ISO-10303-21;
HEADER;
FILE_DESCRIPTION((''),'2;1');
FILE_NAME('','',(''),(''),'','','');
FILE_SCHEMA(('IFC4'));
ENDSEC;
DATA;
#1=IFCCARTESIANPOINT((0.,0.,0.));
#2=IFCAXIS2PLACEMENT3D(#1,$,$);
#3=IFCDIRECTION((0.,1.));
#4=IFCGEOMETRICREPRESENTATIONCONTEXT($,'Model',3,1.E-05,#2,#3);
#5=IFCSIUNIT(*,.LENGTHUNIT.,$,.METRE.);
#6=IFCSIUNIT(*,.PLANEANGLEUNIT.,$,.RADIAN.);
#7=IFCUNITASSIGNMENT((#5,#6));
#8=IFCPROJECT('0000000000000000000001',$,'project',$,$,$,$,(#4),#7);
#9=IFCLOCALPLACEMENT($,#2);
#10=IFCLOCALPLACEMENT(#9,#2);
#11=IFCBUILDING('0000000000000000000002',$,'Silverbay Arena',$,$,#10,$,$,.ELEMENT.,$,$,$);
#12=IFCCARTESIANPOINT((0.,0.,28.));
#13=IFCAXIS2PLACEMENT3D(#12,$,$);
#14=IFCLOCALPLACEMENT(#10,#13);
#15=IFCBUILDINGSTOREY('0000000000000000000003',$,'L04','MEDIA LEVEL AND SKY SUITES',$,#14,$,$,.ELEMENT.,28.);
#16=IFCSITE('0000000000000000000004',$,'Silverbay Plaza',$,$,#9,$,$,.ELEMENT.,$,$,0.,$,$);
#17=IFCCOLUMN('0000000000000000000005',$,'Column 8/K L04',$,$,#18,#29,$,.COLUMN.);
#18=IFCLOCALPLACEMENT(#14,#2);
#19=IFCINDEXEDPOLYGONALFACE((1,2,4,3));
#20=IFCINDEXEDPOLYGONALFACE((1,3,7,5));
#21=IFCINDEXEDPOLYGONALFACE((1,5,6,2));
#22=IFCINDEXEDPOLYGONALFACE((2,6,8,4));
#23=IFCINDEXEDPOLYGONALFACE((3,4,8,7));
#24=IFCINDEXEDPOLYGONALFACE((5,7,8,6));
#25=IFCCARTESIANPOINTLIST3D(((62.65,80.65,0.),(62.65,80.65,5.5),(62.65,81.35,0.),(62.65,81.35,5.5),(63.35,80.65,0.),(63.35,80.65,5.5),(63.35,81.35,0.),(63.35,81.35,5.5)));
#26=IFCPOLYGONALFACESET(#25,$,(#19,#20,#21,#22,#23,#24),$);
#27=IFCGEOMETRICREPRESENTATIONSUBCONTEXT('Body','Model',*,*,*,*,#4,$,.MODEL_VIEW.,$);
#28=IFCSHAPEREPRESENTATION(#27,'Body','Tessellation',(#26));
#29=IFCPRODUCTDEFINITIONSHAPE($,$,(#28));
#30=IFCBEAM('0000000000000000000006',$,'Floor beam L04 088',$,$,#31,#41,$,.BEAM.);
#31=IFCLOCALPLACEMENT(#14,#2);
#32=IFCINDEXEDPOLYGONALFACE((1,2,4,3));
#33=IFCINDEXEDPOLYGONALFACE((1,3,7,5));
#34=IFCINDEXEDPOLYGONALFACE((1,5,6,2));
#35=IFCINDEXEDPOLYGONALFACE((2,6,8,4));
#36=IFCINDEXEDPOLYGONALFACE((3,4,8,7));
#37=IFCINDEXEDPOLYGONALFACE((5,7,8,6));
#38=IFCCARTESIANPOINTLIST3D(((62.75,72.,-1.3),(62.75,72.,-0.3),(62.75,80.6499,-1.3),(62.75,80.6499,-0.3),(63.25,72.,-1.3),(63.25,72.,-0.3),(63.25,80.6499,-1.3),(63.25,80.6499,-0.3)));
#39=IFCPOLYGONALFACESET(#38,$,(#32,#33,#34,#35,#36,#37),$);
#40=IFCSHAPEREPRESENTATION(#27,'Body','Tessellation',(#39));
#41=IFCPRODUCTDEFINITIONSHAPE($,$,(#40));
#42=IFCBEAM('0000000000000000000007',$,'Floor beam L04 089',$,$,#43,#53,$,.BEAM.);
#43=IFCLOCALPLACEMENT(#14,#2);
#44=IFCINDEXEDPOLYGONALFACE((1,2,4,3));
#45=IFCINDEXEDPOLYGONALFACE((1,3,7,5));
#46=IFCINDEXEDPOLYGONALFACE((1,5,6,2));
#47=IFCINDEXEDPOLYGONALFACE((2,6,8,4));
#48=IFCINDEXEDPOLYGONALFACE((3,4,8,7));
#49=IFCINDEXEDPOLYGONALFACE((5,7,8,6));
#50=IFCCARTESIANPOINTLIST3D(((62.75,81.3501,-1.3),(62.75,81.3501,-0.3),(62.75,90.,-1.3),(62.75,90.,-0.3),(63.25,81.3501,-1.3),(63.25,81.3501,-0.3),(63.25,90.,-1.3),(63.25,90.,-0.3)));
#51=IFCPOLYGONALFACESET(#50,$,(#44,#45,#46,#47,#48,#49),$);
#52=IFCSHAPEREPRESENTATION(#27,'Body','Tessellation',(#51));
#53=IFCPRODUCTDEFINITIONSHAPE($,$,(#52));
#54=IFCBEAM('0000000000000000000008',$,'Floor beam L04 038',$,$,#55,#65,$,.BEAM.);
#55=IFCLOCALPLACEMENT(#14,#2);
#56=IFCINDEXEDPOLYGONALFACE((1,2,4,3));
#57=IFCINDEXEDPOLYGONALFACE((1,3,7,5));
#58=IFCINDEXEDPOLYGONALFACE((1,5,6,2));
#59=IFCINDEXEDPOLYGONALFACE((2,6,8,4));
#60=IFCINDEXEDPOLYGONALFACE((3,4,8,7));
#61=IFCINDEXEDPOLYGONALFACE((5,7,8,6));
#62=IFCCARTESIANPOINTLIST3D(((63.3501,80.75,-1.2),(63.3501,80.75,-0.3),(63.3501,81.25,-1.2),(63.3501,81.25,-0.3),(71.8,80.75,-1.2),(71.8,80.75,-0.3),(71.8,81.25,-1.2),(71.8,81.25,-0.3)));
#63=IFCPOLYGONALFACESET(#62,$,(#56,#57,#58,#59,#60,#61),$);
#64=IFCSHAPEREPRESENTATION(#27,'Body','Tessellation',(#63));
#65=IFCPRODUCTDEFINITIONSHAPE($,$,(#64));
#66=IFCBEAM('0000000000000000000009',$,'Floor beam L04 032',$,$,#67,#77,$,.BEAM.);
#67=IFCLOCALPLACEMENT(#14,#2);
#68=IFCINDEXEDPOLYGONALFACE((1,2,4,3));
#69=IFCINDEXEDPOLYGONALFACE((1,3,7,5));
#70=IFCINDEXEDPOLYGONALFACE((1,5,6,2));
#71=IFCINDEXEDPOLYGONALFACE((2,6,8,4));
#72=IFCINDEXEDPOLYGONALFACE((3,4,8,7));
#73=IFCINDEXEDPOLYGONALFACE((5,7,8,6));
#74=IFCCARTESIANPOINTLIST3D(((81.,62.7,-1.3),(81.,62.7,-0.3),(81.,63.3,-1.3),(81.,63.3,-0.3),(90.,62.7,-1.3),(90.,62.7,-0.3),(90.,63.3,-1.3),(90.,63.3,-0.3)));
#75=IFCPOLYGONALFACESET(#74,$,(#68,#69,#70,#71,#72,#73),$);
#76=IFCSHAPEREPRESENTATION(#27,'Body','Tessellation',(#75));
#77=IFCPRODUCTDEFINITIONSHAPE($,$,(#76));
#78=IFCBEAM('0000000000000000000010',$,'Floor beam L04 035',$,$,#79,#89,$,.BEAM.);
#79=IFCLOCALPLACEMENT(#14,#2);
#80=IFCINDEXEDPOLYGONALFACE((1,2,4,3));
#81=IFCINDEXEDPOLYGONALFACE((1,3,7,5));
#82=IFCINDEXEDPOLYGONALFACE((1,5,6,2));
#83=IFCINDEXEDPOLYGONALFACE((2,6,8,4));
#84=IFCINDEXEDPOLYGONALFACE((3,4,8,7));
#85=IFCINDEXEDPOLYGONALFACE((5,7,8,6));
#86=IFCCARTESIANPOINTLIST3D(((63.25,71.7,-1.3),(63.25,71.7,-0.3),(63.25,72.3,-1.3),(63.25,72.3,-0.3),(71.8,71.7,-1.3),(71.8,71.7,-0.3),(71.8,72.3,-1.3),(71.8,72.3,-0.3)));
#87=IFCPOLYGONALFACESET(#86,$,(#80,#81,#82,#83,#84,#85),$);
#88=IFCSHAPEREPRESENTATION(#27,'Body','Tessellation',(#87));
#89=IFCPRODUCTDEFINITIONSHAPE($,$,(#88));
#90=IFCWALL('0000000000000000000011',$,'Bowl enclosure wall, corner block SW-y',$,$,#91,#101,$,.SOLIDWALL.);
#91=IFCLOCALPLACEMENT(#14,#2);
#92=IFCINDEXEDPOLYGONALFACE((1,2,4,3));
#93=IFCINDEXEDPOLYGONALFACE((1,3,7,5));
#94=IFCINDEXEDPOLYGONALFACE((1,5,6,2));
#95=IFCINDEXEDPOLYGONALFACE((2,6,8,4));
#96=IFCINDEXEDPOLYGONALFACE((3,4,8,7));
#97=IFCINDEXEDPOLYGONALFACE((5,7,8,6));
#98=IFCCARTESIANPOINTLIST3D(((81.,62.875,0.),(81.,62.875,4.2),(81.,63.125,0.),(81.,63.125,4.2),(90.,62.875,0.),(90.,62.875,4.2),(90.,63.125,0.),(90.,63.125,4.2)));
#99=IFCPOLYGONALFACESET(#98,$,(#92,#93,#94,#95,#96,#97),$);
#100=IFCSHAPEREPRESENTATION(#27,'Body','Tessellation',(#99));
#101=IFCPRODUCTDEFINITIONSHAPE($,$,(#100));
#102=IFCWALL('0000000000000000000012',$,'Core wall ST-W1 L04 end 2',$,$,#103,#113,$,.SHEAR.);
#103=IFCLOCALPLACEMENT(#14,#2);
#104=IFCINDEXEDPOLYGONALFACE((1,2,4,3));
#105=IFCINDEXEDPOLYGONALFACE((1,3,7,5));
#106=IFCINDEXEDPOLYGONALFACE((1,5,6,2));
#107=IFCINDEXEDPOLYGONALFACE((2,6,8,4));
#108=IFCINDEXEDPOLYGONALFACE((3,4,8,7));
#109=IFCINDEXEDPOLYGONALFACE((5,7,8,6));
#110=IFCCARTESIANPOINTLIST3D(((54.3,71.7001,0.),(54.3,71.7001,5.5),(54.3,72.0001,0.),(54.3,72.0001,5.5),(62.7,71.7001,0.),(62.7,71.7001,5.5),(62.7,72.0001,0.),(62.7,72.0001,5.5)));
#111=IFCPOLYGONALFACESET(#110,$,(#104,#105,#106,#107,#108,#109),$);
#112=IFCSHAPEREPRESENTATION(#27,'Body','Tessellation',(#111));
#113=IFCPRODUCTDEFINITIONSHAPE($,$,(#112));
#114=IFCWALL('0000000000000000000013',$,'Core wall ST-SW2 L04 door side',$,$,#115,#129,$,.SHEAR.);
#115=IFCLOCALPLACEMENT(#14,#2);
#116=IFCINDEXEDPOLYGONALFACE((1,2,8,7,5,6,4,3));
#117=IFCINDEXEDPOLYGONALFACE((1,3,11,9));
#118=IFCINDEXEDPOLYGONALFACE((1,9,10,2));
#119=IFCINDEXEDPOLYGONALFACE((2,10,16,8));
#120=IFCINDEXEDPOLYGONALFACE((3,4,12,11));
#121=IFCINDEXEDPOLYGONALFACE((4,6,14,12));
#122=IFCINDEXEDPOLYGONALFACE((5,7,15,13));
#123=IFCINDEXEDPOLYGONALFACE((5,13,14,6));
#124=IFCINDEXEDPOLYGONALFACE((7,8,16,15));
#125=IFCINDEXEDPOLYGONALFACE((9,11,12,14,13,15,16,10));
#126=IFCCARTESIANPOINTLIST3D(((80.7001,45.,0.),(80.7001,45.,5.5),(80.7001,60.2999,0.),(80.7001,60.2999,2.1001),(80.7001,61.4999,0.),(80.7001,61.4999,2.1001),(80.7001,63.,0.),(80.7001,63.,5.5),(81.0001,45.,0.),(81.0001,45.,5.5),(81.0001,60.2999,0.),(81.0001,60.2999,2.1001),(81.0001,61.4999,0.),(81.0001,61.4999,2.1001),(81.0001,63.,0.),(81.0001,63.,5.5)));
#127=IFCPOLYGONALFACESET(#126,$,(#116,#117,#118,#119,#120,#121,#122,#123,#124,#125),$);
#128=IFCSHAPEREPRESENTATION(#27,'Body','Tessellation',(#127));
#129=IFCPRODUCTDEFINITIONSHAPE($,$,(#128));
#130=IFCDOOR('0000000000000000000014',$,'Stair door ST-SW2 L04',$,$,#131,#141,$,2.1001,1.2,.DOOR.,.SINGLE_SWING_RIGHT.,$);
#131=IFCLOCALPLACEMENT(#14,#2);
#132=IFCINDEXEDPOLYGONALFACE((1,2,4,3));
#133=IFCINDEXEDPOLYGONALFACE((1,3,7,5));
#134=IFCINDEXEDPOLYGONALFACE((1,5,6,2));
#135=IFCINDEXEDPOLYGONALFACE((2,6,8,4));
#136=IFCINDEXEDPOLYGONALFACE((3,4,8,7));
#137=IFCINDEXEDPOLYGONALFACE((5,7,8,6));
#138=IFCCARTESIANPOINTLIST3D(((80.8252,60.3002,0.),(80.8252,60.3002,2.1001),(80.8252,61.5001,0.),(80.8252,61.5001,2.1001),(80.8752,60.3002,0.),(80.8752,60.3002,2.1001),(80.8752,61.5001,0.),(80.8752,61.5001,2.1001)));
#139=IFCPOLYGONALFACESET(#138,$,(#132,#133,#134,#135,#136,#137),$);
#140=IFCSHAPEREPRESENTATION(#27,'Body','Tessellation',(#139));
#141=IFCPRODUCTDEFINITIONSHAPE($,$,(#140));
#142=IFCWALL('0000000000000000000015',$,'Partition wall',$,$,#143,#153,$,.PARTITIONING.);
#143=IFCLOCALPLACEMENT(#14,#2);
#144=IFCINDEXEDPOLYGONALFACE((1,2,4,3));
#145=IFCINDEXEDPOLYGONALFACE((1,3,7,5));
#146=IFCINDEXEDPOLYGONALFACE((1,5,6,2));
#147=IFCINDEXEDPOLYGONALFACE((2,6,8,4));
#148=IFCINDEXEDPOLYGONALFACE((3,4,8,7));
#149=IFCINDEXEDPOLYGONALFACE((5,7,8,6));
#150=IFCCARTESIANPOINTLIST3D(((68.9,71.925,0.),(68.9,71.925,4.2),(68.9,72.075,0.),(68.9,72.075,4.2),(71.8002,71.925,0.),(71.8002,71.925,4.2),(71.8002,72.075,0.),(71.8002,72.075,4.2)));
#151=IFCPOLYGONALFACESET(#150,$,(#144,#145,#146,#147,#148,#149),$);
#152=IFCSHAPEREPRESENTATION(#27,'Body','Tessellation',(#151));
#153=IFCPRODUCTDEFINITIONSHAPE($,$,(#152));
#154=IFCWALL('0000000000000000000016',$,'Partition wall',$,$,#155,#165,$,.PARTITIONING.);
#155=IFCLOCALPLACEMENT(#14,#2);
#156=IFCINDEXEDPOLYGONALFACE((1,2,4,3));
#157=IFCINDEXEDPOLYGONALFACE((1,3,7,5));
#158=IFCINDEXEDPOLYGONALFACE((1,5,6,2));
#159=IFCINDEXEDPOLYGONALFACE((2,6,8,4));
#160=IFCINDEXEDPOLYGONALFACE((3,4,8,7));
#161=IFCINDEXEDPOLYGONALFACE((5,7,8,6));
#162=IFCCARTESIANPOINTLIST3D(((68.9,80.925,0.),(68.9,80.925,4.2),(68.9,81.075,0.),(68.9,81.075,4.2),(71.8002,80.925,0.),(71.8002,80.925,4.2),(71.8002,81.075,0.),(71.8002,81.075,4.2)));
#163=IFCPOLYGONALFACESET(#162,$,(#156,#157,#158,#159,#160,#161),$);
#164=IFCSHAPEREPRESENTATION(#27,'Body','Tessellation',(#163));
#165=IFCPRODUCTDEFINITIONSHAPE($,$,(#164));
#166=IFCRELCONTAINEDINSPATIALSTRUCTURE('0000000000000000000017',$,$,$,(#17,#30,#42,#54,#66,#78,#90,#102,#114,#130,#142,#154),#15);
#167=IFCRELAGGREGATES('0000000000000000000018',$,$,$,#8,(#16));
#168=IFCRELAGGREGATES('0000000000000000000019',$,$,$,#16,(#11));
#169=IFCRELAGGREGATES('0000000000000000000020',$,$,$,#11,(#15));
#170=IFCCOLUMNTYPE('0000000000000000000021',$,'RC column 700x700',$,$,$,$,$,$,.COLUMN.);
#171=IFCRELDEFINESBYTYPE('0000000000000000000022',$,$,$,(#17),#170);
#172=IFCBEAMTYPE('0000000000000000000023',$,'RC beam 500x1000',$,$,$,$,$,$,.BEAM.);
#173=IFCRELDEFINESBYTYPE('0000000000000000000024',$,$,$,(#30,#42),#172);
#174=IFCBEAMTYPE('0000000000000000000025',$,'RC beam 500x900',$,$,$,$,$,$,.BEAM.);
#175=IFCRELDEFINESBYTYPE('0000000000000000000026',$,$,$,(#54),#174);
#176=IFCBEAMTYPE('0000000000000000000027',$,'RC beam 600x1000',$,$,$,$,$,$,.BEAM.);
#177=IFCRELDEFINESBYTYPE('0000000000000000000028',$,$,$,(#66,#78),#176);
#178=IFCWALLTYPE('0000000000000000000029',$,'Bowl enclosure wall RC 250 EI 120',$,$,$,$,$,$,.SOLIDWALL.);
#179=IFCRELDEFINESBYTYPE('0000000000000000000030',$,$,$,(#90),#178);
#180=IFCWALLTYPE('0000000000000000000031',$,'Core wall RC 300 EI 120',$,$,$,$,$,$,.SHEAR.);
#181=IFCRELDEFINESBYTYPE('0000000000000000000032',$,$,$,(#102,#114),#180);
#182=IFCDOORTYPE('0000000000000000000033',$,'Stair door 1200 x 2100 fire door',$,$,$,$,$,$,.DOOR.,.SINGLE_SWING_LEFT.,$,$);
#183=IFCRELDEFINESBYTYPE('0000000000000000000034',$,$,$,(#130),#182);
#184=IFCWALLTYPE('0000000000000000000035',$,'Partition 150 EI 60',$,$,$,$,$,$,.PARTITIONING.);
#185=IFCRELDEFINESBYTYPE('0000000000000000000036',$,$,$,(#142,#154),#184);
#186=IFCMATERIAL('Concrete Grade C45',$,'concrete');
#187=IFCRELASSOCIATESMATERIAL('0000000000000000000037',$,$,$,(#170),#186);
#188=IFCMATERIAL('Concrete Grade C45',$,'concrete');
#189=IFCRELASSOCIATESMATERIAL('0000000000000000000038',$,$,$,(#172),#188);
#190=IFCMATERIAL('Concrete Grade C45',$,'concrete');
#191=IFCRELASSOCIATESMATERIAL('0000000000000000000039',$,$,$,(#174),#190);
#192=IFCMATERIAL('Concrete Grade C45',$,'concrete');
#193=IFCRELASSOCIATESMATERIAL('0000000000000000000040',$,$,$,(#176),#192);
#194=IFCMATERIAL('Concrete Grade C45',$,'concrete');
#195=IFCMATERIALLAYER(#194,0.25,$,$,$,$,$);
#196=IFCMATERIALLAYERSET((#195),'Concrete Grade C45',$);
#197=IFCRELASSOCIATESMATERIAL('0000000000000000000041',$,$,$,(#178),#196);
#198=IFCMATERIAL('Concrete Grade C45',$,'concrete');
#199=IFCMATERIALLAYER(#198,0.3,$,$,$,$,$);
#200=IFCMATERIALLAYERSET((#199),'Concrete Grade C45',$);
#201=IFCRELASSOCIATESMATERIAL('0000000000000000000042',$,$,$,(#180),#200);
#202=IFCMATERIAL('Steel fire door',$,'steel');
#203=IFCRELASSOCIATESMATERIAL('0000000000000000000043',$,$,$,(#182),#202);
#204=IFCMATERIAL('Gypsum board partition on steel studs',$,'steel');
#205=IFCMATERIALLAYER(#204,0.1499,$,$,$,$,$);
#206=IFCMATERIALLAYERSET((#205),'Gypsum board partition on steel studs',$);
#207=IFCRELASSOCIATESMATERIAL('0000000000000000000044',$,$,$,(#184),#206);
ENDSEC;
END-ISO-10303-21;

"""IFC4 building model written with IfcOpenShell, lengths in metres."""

from ifc_helpers import new_model, si_unit, direction, frame, frame_2d, origin, origin_2d, place, context, subcontext, project, spatial, rectangle, extrude, material, layer, layer_set, material_profile, profile_set, type_object, element, fill, save


model = new_model("IFC4")

# Units and contexts
model_context = context("Model", 3, precision=1e-05, world=origin(), true_north=direction((0.0, 1.0)))
body_context = subcontext(model_context, "Body", "Model", "MODEL_VIEW")
ifc_project = project(units=[si_unit("LENGTHUNIT", "METRE"), si_unit("PLANEANGLEUNIT", "RADIAN")], contexts=[model_context])

# Site, building, storey
site_placement = place(None, origin())
site = spatial("IfcSite", under=ifc_project, at=site_placement, Name="Silverbay Plaza", CompositionType="ELEMENT", RefElevation=0.0)
building_placement = place(site_placement, origin())
building = spatial("IfcBuilding", under=site, at=building_placement, Name="Silverbay Arena", CompositionType="ELEMENT")
storey_placement = place(building_placement, frame((0.0, 0.0, 28.0)))
storey = spatial("IfcBuildingStorey", under=building, at=storey_placement, Name="L04", Description="MEDIA LEVEL AND SKY SUITES", CompositionType="ELEMENT", Elevation=28.0)

# Column
ifc_material_1 = material(Name="Concrete Grade C45", Category="concrete")
ifc_material_profile_1 = material_profile(ifc_material_1, rectangle(XDim=0.7, YDim=0.7, at=origin_2d()), Name="RC 700x700")
ifc_profile_set_1 = profile_set([ifc_material_profile_1], Name="Concrete Grade C45")
column_type = type_object("IfcColumnType", Name="RC column 700x700", PredefinedType="COLUMN", material=ifc_profile_set_1)
column_placement = place(storey_placement, frame((63.0, 81.0, 0.0), z_axis=(0.0, 0.0, 1.0), x_axis=(1.0, 0.0, 0.0)))
element("IfcColumn", 1, at=column_placement, inside=storey, type_object=column_type, Name="Column 8/K L04", PredefinedType="COLUMN", context=body_context, shape_type="SweptSolid", body=[
    extrude(rectangle(XDim=0.7, YDim=0.7, at=origin_2d()), origin(), (0.0, 0.0, 1.0), 5.5),
])

# Beams
ifc_material_2 = material(Name="Concrete Grade C45", Category="concrete")
ifc_material_profile_2 = material_profile(ifc_material_2, rectangle(XDim=0.5, YDim=1.0, at=origin_2d()), Name="RC 500x1000")
ifc_profile_set_2 = profile_set([ifc_material_profile_2], Name="Concrete Grade C45")
beam_type_1 = type_object("IfcBeamType", Name="RC beam 500x1000", PredefinedType="BEAM", material=ifc_profile_set_2)
for number, where, z_axis, x_axis, name in (
    (2, (63.0, 72.0, -0.8), (0.0, 1.0, 0.0), (-1.0, 0.0, 0.0), "Floor beam L04 088"),
    (3, (63.0, 81.3501, -0.8), (0.0, 1.0, 0.0), (-1.0, 0.0, 0.0), "Floor beam L04 089"),
):
    element("IfcBeam", number, at=place(storey_placement, frame(where, z_axis=z_axis, x_axis=x_axis)), inside=storey, type_object=beam_type_1, Name=name, PredefinedType="BEAM", context=body_context, shape_type="SweptSolid", body=[
        extrude(rectangle(XDim=0.5, YDim=1.0, at=origin_2d()), origin(), (0.0, 0.0, 1.0), 8.6499),
    ])
ifc_material_3 = material(Name="Concrete Grade C45", Category="concrete")
ifc_material_profile_3 = material_profile(ifc_material_3, rectangle(XDim=0.5, YDim=0.8999, at=origin_2d()), Name="RC 500x900")
ifc_profile_set_3 = profile_set([ifc_material_profile_3], Name="Concrete Grade C45")
beam_type_2 = type_object("IfcBeamType", Name="RC beam 500x900", PredefinedType="BEAM", material=ifc_profile_set_3)
beam_1_placement = place(storey_placement, frame((63.3501, 81.0, -0.75), z_axis=(1.0, 0.0, 0.0), x_axis=(0.0, 1.0, 0.0)))
element("IfcBeam", 4, at=beam_1_placement, inside=storey, type_object=beam_type_2, Name="Floor beam L04 038", PredefinedType="BEAM", context=body_context, shape_type="SweptSolid", body=[
    extrude(rectangle(XDim=0.5, YDim=0.8999, at=origin_2d()), origin(), (0.0, 0.0, 1.0), 8.45),
])
ifc_material_4 = material(Name="Concrete Grade C45", Category="concrete")
ifc_material_profile_4 = material_profile(ifc_material_4, rectangle(XDim=0.6001, YDim=1.0, at=origin_2d()), Name="RC 600x1000")
ifc_profile_set_4 = profile_set([ifc_material_profile_4], Name="Concrete Grade C45")
beam_type_3 = type_object("IfcBeamType", Name="RC beam 600x1000", PredefinedType="BEAM", material=ifc_profile_set_4)
beam_2_placement = place(storey_placement, frame((81.0, 63.0, -0.8), z_axis=(1.0, 0.0, 0.0), x_axis=(0.0, 1.0, 0.0)))
element("IfcBeam", 5, at=beam_2_placement, inside=storey, type_object=beam_type_3, Name="Floor beam L04 032", PredefinedType="BEAM", context=body_context, shape_type="SweptSolid", body=[
    extrude(rectangle(XDim=0.6001, YDim=1.0, at=origin_2d()), origin(), (0.0, 0.0, 1.0), 9.0),
])
beam_3_placement = place(storey_placement, frame((63.25, 72.0, -0.8), z_axis=(1.0, 0.0, 0.0), x_axis=(0.0, 1.0, 0.0)))
element("IfcBeam", 6, at=beam_3_placement, inside=storey, type_object=beam_type_3, Name="Floor beam L04 035", PredefinedType="BEAM", context=body_context, shape_type="SweptSolid", body=[
    extrude(rectangle(XDim=0.6001, YDim=1.0, at=origin_2d()), origin(), (0.0, 0.0, 1.0), 8.55),
])

# Walls
ifc_material_5 = material(Name="Concrete Grade C45", Category="concrete")
ifc_layer_1 = layer(ifc_material_5, 0.25)
ifc_layer_set_1 = layer_set([ifc_layer_1], Name="Concrete Grade C45")
wall_type_1 = type_object("IfcWallType", Name="Bowl enclosure wall RC 250 EI 120", PredefinedType="SOLIDWALL", material=ifc_layer_set_1)
wall_1_placement = place(storey_placement, frame((81.0, 63.0, 0.0), z_axis=(0.0, 0.0, 1.0), x_axis=(1.0, 0.0, 0.0)))
element("IfcWall", 7, at=wall_1_placement, inside=storey, type_object=wall_type_1, Name="Bowl enclosure wall, corner block SW-y", PredefinedType="SOLIDWALL", context=body_context, shape_type="SweptSolid", body=[
    extrude(rectangle(XDim=9.0, YDim=0.25, at=frame_2d((4.5, 0.0))), origin(), (0.0, 0.0, 1.0), 4.2),
])
ifc_material_6 = material(Name="Concrete Grade C45", Category="concrete")
ifc_layer_2 = layer(ifc_material_6, 0.3)
ifc_layer_set_2 = layer_set([ifc_layer_2], Name="Concrete Grade C45")
wall_type_2 = type_object("IfcWallType", Name="Core wall RC 300 EI 120", PredefinedType="SHEAR", material=ifc_layer_set_2)
wall_2_placement = place(storey_placement, frame((62.7, 71.8501, 0.0), z_axis=(0.0, 0.0, 1.0), x_axis=(-1.0, 0.0, 0.0)))
element("IfcWall", 8, at=wall_2_placement, inside=storey, type_object=wall_type_2, Name="Core wall ST-W1 L04 end 2", PredefinedType="SHEAR", context=body_context, shape_type="SweptSolid", body=[
    extrude(rectangle(XDim=8.3999, YDim=0.3, at=frame_2d((4.2, 0.0))), origin(), (0.0, 0.0, 1.0), 5.5),
])

# Wall, opening, door
wall_3_placement = place(storey_placement, frame((80.8501, 63.0, 0.0), z_axis=(0.0, 0.0, 1.0), x_axis=(0.0, -1.0, 0.0)))
wall_3 = element("IfcWall", 9, at=wall_3_placement, inside=storey, type_object=wall_type_2, Name="Core wall ST-SW2 L04 door side", PredefinedType="SHEAR", context=body_context, shape_type="SweptSolid", body=[
    extrude(rectangle(XDim=18.0, YDim=0.3, at=frame_2d((9.0, 0.0))), origin(), (0.0, 0.0, 1.0), 5.5),
])
opening_1_placement = place(wall_3_placement, frame((1.5, 0.0, 0.0)))
opening_1 = element("IfcOpeningElement", 10, at=opening_1_placement, cuts=wall_3, PredefinedType="OPENING", context=body_context, shape_type="SweptSolid", body=[
    extrude(rectangle(XDim=1.2, YDim=2.1001, at=frame_2d((0.6001, 1.05))), frame((0.0, 0.1602, 0.0), z_axis=(0.0, -1.0, 0.0), x_axis=(1.0, 0.0, 0.0)), (0.0, 0.0, 1.0), 0.3201),
])
ifc_material_7 = material(Name="Steel fire door", Category="steel")
door_type_1 = type_object("IfcDoorType", Name="Stair door 1200 x 2100 fire door", OperationType="SINGLE_SWING_LEFT", PredefinedType="DOOR", material=ifc_material_7)
door_1_placement = place(opening_1_placement, frame((1.2, 0.0, 0.0), z_axis=(0.0, 0.0, 1.0), x_axis=(-1.0, 0.0, 0.0)))
door_1 = element("IfcDoor", 11, at=door_1_placement, inside=storey, type_object=door_type_1, Name="Stair door ST-SW2 L04", OperationType="SINGLE_SWING_RIGHT", OverallHeight=2.1001, OverallWidth=1.2, PredefinedType="DOOR", context=body_context, shape_type="SweptSolid", body=[
    extrude(rectangle(XDim=1.2, YDim=2.1001, at=frame_2d((0.6001, 1.05))), frame((0.0, 0.0249, 0.0), z_axis=(0.0, -1.0, 0.0), x_axis=(1.0, 0.0, 0.0)), (0.0, 0.0, 1.0), 0.05),
])
fill(opening_1, door_1)

# Walls
ifc_material_8 = material(Name="Gypsum board partition on steel studs", Category="steel")
ifc_layer_3 = layer(ifc_material_8, 0.1499)
ifc_layer_set_3 = layer_set([ifc_layer_3], Name="Gypsum board partition on steel studs")
wall_type_3 = type_object("IfcWallType", Name="Partition 150 EI 60", PredefinedType="PARTITIONING", material=ifc_layer_set_3)
for number, where, z_axis, x_axis, name in (
    (12, (68.8999, 72.0, 0.0), (0.0, 0.0, 1.0), (1.0, 0.0, 0.0), "Partition wall"),
    (13, (68.8999, 81.0, 0.0), (0.0, 0.0, 1.0), (1.0, 0.0, 0.0), "Partition wall"),
):
    element("IfcWall", number, at=place(storey_placement, frame(where, z_axis=z_axis, x_axis=x_axis)), inside=storey, type_object=wall_type_3, Name=name, PredefinedType="PARTITIONING", context=body_context, shape_type="SweptSolid", body=[
        extrude(rectangle(XDim=2.9001, YDim=0.1499, at=frame_2d((1.4502, 0.0))), origin(), (0.0, 0.0, 1.0), 4.2),
    ])

save(model, "model.ifc")
